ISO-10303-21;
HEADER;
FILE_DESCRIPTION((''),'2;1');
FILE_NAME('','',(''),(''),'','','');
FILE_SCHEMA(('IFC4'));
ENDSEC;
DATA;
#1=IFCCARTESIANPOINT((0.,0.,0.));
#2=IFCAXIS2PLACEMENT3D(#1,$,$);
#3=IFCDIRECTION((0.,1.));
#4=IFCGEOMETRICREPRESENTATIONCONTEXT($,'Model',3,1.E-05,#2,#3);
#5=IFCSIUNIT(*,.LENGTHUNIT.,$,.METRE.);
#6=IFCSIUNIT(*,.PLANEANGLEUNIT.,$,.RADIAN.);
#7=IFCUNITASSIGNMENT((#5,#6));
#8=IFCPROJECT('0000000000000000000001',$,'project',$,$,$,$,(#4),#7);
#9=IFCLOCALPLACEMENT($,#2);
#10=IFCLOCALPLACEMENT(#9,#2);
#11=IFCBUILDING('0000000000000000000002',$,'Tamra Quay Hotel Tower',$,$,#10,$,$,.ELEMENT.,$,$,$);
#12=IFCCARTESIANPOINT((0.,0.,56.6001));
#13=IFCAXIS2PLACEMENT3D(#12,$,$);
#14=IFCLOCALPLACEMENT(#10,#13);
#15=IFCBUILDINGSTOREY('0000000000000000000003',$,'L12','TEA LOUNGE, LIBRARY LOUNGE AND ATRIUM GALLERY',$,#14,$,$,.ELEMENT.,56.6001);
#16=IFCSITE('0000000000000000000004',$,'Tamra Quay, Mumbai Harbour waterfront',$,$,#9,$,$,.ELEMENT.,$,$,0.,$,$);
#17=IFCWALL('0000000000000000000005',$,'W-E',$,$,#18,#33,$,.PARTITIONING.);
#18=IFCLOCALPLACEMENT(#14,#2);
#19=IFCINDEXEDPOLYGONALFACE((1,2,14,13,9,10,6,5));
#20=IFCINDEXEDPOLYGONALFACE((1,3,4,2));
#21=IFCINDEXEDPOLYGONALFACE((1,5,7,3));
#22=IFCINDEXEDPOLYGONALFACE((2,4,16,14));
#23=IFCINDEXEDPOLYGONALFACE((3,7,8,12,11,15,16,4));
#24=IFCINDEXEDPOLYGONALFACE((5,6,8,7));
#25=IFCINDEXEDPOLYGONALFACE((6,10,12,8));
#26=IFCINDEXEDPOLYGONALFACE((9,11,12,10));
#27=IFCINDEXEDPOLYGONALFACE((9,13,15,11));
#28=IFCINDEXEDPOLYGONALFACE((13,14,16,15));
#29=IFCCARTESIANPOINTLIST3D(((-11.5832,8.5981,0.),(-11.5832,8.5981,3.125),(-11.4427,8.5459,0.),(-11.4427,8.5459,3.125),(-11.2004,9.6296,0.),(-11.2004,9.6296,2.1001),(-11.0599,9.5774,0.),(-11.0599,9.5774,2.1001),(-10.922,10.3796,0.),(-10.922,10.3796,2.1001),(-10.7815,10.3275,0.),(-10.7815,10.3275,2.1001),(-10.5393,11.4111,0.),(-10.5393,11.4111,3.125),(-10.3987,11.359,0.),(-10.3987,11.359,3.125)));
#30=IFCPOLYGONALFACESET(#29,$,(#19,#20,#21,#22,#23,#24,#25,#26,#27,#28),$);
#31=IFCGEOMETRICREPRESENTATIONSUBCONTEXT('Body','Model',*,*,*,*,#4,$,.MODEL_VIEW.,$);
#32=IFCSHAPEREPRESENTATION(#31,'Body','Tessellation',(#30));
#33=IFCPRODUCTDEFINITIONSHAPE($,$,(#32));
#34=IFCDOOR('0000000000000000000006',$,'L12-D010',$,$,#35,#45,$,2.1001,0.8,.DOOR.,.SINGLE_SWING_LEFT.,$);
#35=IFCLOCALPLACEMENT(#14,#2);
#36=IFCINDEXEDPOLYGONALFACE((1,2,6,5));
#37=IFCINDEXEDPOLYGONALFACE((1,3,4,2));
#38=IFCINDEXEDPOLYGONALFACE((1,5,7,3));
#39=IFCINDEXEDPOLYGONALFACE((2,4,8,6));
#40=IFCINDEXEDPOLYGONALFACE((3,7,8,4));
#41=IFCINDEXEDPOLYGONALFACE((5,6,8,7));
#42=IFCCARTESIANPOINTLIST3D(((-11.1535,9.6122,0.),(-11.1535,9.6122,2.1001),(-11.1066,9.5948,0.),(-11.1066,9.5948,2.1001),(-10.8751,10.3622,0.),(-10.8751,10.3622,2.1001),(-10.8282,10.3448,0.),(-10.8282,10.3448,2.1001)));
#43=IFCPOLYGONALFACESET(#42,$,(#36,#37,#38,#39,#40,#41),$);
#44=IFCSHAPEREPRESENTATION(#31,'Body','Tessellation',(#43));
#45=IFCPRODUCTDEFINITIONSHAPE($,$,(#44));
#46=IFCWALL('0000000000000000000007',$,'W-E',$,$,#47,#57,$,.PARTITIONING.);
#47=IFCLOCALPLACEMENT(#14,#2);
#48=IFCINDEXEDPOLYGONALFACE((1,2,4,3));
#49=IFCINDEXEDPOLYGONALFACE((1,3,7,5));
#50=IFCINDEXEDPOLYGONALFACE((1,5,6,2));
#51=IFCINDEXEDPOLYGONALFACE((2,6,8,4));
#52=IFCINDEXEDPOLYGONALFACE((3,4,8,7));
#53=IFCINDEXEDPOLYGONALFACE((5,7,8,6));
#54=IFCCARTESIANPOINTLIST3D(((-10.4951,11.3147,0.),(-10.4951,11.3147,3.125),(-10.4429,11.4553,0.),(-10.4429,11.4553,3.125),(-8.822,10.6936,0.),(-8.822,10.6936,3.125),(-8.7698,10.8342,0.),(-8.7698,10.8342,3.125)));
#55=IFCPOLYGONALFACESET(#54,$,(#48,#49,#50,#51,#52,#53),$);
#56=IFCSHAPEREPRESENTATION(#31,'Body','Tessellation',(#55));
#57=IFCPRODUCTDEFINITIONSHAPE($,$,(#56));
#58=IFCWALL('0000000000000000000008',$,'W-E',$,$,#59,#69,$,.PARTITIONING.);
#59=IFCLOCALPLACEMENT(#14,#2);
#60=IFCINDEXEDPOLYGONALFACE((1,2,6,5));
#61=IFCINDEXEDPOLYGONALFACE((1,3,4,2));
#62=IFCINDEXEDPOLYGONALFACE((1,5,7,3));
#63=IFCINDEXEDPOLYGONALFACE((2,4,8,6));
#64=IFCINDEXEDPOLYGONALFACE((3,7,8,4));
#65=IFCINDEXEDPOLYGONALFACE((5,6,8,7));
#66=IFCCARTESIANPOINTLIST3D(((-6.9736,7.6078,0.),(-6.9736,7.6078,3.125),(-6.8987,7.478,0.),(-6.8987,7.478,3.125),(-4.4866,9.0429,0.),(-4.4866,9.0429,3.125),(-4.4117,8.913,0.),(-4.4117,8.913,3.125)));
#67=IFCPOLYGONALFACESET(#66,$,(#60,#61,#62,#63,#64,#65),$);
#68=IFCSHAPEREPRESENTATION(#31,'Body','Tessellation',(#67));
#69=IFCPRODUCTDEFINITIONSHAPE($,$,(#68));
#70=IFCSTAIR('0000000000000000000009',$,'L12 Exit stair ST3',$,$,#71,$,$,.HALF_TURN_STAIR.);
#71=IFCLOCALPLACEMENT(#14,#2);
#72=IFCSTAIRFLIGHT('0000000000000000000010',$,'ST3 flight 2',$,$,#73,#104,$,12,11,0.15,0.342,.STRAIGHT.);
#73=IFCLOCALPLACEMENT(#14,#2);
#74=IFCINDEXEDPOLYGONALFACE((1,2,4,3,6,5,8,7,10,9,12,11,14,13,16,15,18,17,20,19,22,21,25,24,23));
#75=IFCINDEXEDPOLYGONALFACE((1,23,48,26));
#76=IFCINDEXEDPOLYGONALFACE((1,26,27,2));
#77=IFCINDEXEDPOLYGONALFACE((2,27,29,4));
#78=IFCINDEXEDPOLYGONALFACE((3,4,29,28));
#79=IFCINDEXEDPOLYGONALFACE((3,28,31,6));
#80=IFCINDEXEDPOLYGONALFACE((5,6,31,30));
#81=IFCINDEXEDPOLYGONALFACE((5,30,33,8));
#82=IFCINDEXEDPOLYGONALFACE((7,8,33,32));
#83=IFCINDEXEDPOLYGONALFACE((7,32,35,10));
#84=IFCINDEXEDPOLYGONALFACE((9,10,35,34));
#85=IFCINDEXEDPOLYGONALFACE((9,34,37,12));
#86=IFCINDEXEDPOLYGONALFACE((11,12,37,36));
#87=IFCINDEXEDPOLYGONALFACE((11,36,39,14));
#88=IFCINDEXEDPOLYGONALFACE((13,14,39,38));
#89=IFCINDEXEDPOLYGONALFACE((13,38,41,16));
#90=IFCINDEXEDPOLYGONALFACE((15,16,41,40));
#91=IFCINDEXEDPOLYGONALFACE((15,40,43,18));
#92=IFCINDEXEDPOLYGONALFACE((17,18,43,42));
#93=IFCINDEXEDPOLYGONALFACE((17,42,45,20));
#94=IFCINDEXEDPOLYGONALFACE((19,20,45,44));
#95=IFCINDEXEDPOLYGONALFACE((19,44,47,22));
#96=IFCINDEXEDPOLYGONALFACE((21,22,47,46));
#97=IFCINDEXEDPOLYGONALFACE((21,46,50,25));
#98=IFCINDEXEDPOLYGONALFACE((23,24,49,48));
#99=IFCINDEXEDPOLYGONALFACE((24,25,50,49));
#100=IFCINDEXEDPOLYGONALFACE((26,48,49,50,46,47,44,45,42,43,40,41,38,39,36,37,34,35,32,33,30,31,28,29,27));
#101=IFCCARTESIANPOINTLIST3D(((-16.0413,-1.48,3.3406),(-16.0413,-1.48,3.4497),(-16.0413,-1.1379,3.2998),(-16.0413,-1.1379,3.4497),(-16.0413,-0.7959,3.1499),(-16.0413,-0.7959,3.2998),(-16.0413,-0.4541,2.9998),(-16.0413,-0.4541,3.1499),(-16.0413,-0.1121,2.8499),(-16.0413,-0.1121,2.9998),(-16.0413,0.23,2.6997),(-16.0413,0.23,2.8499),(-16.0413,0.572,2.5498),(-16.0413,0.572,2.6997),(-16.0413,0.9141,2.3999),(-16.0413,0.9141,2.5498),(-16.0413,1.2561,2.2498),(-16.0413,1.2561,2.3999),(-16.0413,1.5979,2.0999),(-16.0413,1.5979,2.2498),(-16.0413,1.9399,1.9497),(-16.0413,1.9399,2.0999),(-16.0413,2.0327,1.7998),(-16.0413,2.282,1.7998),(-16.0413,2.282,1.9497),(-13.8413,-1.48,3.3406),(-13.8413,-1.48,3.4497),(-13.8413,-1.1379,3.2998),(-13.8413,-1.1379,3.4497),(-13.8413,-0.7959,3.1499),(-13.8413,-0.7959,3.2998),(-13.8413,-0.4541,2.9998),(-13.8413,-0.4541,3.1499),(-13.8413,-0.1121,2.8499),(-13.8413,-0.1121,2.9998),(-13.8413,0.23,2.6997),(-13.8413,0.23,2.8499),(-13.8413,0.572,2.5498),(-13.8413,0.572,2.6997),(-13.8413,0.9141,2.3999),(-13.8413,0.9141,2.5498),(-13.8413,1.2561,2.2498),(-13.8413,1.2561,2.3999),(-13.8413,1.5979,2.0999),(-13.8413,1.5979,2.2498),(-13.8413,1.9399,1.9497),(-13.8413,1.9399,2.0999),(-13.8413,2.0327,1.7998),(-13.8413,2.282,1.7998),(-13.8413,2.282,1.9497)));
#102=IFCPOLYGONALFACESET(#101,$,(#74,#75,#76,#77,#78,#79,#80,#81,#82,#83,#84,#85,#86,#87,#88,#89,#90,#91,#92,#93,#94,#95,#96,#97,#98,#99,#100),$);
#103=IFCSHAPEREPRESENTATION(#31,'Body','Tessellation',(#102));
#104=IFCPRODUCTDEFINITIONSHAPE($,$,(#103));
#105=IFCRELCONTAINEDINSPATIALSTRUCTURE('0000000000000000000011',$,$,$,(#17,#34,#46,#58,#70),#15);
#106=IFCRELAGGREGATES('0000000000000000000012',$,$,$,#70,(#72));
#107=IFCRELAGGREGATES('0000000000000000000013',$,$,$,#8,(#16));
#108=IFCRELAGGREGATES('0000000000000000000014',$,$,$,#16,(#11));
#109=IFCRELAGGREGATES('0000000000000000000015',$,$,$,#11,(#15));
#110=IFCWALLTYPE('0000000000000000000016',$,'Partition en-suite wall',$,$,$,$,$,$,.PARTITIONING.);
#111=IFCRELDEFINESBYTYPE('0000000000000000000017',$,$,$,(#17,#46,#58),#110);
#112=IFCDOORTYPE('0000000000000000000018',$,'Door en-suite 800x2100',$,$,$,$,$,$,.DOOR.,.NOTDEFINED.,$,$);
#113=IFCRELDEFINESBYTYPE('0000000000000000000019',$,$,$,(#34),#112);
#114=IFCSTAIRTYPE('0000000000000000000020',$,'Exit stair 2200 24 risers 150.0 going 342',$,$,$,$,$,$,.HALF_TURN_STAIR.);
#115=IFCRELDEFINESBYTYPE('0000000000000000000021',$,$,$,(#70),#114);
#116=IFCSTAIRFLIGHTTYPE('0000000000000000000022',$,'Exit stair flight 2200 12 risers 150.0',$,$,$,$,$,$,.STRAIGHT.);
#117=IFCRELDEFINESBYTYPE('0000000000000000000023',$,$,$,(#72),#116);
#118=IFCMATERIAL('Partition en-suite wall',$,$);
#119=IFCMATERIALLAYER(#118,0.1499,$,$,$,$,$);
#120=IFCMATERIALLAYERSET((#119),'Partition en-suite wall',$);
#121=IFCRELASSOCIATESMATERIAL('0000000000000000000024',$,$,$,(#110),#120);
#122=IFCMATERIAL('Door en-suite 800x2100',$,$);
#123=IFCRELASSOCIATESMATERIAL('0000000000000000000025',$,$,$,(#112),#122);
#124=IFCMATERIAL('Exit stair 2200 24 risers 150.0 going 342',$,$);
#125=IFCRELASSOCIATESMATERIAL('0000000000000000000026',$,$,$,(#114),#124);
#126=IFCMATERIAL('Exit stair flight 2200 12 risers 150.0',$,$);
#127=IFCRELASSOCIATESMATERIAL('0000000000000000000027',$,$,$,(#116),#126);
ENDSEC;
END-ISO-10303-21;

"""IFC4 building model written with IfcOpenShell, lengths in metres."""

from ifc_helpers import new_model, si_unit, direction, frame, frame_2d, origin, place, context, subcontext, project, spatial, polyline, rectangle, outline, extrude, material, layer, layer_set, type_object, element, fill, aggregate, save


model = new_model("IFC4")

# Units and contexts
model_context = context("Model", 3, precision=1e-05, world=origin(), true_north=direction((0.0, 1.0)))
body_context = subcontext(model_context, "Body", "Model", "MODEL_VIEW")
ifc_project = project(units=[si_unit("LENGTHUNIT", "METRE"), si_unit("PLANEANGLEUNIT", "RADIAN")], contexts=[model_context])

# Site, building, storey
site_placement = place(None, origin())
site = spatial("IfcSite", under=ifc_project, at=site_placement, Name="Tamra Quay, Mumbai Harbour waterfront", CompositionType="ELEMENT", RefElevation=0.0)
building_placement = place(site_placement, origin())
building = spatial("IfcBuilding", under=site, at=building_placement, Name="Tamra Quay Hotel Tower", CompositionType="ELEMENT")
storey_placement = place(building_placement, frame((0.0, 0.0, 56.6001)))
storey = spatial("IfcBuildingStorey", under=building, at=storey_placement, Name="L12", Description="TEA LOUNGE, LIBRARY LOUNGE AND ATRIUM GALLERY", CompositionType="ELEMENT", Elevation=56.6001)

# Wall, opening, door
ifc_material_1 = material(Name="Partition en-suite wall")
ifc_layer_1 = layer(ifc_material_1, 0.1499)
ifc_layer_set_1 = layer_set([ifc_layer_1], Name="Partition en-suite wall")
wall_type_1 = type_object("IfcWallType", Name="Partition en-suite wall", PredefinedType="PARTITIONING", material=ifc_layer_set_1)
wall_1_placement = place(storey_placement, frame((-11.5129, 8.572, 0.0), z_axis=(0.0, 0.0, 1.0), x_axis=(0.347929, 0.937521, 0.0)))
wall_1 = element("IfcWall", 1, at=wall_1_placement, inside=storey, type_object=wall_type_1, Name="W-E", PredefinedType="PARTITIONING", context=body_context, shape_type="SweptSolid", body=[
    extrude(rectangle(XDim=3.0005, YDim=0.1499, at=frame_2d((1.5002, 0.0))), origin(), (0.0, 0.0, 1.0), 3.125),
])
opening_1_placement = place(wall_1_placement, frame((1.1003, 0.0, 0.0)))
opening_1 = element("IfcOpeningElement", 2, at=opening_1_placement, cuts=wall_1, PredefinedType="OPENING", context=body_context, shape_type="SweptSolid", body=[
    extrude(rectangle(XDim=0.8, YDim=2.1001, at=frame_2d((0.3999, 1.05))), frame((0.0, 0.085, 0.0), z_axis=(0.0, -1.0, 0.0), x_axis=(1.0, 0.0, 0.0)), (0.0, 0.0, 1.0), 0.1699),
])
ifc_material_2 = material(Name="Door en-suite 800x2100")
door_type_1 = type_object("IfcDoorType", Name="Door en-suite 800x2100", OperationType="NOTDEFINED", PredefinedType="DOOR", material=ifc_material_2)
door_1_placement = place(opening_1_placement, origin())
door_1 = element("IfcDoor", 3, at=door_1_placement, inside=storey, type_object=door_type_1, Name="L12-D010", OperationType="SINGLE_SWING_LEFT", OverallHeight=2.1001, OverallWidth=0.8, PredefinedType="DOOR", context=body_context, shape_type="SweptSolid", body=[
    extrude(rectangle(XDim=0.8, YDim=2.1001, at=frame_2d((0.3999, 1.05))), frame((0.0, 0.0249, 0.0), z_axis=(0.0, -1.0, 0.0), x_axis=(1.0, 0.0, 0.0)), (0.0, 0.0, 1.0), 0.05),
])
fill(opening_1, door_1)

# Walls
wall_2_placement = place(storey_placement, frame((-10.469, 11.385, 0.0), z_axis=(0.0, 0.0, 1.0), x_axis=(0.937488, -0.348018, 0.0)))
element("IfcWall", 4, at=wall_2_placement, inside=storey, type_object=wall_type_1, Name="W-E", PredefinedType="PARTITIONING", context=body_context, shape_type="SweptSolid", body=[
    extrude(rectangle(XDim=1.7847, YDim=0.1499, at=frame_2d((0.8923, 0.0))), origin(), (0.0, 0.0, 1.0), 3.125),
])
wall_3_placement = place(storey_placement, frame((-6.936, 7.543, 0.0), z_axis=(0.0, 0.0, 1.0), x_axis=(0.866153, 0.499779, 0.0)))
element("IfcWall", 5, at=wall_3_placement, inside=storey, type_object=wall_type_1, Name="W-E", PredefinedType="PARTITIONING", context=body_context, shape_type="SweptSolid", body=[
    extrude(rectangle(XDim=2.8713, YDim=0.1499, at=frame_2d((1.4355, 0.0))), origin(), (0.0, 0.0, 1.0), 3.125),
])

# Stair, stair flight
ifc_material_3 = material(Name="Exit stair 2200 24 risers 150.0 going 342")
stair_type = type_object("IfcStairType", Name="Exit stair 2200 24 risers 150.0 going 342", PredefinedType="HALF_TURN_STAIR", material=ifc_material_3)
stair_placement = place(storey_placement, origin())
stair = element("IfcStair", 6, at=stair_placement, inside=storey, type_object=stair_type, Name="L12 Exit stair ST3", PredefinedType="HALF_TURN_STAIR")
ifc_material_4 = material(Name="Exit stair flight 2200 12 risers 150.0")
stair_flight_type = type_object("IfcStairFlightType", Name="Exit stair flight 2200 12 risers 150.0", PredefinedType="STRAIGHT", material=ifc_material_4)
stair_flight_placement = place(storey_placement, frame((-14.9414, 2.282, 1.7998), z_axis=(0.0, 0.0, 1.0), x_axis=(0.0, -1.0, 0.0)))
stair_flight = element("IfcStairFlight", 7, at=stair_flight_placement, type_object=stair_flight_type, Name="ST3 flight 2", NumberOfRisers=12, NumberOfTreads=11, PredefinedType="STRAIGHT", RiserHeight=0.15, TreadLength=0.342, context=body_context, shape_type="SweptSolid", body=[
    extrude(outline(polyline([(0.0, 0.0), (0.0, 0.1499), (0.342, 0.1499), (0.342, 0.3), (0.6841, 0.3), (0.6841, 0.45), (1.0259, 0.45), (1.0259, 0.6001), (1.3679, 0.6001), (1.3679, 0.75), (1.71, 0.75), (1.71, 0.8999), (2.052, 0.8999), (2.052, 1.05), (2.394, 1.05), (2.394, 1.2), (2.7361, 1.2), (2.7361, 1.3501), (3.0779, 1.3501), (3.0779, 1.5), (3.4199, 1.5), (3.4199, 1.6499), (3.762, 1.6499), (3.762, 1.8), (3.762, 1.5408), (0.2493, 0.0), (0.0, 0.0)])), frame((0.0, 1.1001, 0.0), z_axis=(0.0, -1.0, 0.0), x_axis=(1.0, 0.0, 0.0)), (0.0, 0.0, 1.0), 2.2),
])
aggregate(stair, [stair_flight])

save(model, "model.ifc")
